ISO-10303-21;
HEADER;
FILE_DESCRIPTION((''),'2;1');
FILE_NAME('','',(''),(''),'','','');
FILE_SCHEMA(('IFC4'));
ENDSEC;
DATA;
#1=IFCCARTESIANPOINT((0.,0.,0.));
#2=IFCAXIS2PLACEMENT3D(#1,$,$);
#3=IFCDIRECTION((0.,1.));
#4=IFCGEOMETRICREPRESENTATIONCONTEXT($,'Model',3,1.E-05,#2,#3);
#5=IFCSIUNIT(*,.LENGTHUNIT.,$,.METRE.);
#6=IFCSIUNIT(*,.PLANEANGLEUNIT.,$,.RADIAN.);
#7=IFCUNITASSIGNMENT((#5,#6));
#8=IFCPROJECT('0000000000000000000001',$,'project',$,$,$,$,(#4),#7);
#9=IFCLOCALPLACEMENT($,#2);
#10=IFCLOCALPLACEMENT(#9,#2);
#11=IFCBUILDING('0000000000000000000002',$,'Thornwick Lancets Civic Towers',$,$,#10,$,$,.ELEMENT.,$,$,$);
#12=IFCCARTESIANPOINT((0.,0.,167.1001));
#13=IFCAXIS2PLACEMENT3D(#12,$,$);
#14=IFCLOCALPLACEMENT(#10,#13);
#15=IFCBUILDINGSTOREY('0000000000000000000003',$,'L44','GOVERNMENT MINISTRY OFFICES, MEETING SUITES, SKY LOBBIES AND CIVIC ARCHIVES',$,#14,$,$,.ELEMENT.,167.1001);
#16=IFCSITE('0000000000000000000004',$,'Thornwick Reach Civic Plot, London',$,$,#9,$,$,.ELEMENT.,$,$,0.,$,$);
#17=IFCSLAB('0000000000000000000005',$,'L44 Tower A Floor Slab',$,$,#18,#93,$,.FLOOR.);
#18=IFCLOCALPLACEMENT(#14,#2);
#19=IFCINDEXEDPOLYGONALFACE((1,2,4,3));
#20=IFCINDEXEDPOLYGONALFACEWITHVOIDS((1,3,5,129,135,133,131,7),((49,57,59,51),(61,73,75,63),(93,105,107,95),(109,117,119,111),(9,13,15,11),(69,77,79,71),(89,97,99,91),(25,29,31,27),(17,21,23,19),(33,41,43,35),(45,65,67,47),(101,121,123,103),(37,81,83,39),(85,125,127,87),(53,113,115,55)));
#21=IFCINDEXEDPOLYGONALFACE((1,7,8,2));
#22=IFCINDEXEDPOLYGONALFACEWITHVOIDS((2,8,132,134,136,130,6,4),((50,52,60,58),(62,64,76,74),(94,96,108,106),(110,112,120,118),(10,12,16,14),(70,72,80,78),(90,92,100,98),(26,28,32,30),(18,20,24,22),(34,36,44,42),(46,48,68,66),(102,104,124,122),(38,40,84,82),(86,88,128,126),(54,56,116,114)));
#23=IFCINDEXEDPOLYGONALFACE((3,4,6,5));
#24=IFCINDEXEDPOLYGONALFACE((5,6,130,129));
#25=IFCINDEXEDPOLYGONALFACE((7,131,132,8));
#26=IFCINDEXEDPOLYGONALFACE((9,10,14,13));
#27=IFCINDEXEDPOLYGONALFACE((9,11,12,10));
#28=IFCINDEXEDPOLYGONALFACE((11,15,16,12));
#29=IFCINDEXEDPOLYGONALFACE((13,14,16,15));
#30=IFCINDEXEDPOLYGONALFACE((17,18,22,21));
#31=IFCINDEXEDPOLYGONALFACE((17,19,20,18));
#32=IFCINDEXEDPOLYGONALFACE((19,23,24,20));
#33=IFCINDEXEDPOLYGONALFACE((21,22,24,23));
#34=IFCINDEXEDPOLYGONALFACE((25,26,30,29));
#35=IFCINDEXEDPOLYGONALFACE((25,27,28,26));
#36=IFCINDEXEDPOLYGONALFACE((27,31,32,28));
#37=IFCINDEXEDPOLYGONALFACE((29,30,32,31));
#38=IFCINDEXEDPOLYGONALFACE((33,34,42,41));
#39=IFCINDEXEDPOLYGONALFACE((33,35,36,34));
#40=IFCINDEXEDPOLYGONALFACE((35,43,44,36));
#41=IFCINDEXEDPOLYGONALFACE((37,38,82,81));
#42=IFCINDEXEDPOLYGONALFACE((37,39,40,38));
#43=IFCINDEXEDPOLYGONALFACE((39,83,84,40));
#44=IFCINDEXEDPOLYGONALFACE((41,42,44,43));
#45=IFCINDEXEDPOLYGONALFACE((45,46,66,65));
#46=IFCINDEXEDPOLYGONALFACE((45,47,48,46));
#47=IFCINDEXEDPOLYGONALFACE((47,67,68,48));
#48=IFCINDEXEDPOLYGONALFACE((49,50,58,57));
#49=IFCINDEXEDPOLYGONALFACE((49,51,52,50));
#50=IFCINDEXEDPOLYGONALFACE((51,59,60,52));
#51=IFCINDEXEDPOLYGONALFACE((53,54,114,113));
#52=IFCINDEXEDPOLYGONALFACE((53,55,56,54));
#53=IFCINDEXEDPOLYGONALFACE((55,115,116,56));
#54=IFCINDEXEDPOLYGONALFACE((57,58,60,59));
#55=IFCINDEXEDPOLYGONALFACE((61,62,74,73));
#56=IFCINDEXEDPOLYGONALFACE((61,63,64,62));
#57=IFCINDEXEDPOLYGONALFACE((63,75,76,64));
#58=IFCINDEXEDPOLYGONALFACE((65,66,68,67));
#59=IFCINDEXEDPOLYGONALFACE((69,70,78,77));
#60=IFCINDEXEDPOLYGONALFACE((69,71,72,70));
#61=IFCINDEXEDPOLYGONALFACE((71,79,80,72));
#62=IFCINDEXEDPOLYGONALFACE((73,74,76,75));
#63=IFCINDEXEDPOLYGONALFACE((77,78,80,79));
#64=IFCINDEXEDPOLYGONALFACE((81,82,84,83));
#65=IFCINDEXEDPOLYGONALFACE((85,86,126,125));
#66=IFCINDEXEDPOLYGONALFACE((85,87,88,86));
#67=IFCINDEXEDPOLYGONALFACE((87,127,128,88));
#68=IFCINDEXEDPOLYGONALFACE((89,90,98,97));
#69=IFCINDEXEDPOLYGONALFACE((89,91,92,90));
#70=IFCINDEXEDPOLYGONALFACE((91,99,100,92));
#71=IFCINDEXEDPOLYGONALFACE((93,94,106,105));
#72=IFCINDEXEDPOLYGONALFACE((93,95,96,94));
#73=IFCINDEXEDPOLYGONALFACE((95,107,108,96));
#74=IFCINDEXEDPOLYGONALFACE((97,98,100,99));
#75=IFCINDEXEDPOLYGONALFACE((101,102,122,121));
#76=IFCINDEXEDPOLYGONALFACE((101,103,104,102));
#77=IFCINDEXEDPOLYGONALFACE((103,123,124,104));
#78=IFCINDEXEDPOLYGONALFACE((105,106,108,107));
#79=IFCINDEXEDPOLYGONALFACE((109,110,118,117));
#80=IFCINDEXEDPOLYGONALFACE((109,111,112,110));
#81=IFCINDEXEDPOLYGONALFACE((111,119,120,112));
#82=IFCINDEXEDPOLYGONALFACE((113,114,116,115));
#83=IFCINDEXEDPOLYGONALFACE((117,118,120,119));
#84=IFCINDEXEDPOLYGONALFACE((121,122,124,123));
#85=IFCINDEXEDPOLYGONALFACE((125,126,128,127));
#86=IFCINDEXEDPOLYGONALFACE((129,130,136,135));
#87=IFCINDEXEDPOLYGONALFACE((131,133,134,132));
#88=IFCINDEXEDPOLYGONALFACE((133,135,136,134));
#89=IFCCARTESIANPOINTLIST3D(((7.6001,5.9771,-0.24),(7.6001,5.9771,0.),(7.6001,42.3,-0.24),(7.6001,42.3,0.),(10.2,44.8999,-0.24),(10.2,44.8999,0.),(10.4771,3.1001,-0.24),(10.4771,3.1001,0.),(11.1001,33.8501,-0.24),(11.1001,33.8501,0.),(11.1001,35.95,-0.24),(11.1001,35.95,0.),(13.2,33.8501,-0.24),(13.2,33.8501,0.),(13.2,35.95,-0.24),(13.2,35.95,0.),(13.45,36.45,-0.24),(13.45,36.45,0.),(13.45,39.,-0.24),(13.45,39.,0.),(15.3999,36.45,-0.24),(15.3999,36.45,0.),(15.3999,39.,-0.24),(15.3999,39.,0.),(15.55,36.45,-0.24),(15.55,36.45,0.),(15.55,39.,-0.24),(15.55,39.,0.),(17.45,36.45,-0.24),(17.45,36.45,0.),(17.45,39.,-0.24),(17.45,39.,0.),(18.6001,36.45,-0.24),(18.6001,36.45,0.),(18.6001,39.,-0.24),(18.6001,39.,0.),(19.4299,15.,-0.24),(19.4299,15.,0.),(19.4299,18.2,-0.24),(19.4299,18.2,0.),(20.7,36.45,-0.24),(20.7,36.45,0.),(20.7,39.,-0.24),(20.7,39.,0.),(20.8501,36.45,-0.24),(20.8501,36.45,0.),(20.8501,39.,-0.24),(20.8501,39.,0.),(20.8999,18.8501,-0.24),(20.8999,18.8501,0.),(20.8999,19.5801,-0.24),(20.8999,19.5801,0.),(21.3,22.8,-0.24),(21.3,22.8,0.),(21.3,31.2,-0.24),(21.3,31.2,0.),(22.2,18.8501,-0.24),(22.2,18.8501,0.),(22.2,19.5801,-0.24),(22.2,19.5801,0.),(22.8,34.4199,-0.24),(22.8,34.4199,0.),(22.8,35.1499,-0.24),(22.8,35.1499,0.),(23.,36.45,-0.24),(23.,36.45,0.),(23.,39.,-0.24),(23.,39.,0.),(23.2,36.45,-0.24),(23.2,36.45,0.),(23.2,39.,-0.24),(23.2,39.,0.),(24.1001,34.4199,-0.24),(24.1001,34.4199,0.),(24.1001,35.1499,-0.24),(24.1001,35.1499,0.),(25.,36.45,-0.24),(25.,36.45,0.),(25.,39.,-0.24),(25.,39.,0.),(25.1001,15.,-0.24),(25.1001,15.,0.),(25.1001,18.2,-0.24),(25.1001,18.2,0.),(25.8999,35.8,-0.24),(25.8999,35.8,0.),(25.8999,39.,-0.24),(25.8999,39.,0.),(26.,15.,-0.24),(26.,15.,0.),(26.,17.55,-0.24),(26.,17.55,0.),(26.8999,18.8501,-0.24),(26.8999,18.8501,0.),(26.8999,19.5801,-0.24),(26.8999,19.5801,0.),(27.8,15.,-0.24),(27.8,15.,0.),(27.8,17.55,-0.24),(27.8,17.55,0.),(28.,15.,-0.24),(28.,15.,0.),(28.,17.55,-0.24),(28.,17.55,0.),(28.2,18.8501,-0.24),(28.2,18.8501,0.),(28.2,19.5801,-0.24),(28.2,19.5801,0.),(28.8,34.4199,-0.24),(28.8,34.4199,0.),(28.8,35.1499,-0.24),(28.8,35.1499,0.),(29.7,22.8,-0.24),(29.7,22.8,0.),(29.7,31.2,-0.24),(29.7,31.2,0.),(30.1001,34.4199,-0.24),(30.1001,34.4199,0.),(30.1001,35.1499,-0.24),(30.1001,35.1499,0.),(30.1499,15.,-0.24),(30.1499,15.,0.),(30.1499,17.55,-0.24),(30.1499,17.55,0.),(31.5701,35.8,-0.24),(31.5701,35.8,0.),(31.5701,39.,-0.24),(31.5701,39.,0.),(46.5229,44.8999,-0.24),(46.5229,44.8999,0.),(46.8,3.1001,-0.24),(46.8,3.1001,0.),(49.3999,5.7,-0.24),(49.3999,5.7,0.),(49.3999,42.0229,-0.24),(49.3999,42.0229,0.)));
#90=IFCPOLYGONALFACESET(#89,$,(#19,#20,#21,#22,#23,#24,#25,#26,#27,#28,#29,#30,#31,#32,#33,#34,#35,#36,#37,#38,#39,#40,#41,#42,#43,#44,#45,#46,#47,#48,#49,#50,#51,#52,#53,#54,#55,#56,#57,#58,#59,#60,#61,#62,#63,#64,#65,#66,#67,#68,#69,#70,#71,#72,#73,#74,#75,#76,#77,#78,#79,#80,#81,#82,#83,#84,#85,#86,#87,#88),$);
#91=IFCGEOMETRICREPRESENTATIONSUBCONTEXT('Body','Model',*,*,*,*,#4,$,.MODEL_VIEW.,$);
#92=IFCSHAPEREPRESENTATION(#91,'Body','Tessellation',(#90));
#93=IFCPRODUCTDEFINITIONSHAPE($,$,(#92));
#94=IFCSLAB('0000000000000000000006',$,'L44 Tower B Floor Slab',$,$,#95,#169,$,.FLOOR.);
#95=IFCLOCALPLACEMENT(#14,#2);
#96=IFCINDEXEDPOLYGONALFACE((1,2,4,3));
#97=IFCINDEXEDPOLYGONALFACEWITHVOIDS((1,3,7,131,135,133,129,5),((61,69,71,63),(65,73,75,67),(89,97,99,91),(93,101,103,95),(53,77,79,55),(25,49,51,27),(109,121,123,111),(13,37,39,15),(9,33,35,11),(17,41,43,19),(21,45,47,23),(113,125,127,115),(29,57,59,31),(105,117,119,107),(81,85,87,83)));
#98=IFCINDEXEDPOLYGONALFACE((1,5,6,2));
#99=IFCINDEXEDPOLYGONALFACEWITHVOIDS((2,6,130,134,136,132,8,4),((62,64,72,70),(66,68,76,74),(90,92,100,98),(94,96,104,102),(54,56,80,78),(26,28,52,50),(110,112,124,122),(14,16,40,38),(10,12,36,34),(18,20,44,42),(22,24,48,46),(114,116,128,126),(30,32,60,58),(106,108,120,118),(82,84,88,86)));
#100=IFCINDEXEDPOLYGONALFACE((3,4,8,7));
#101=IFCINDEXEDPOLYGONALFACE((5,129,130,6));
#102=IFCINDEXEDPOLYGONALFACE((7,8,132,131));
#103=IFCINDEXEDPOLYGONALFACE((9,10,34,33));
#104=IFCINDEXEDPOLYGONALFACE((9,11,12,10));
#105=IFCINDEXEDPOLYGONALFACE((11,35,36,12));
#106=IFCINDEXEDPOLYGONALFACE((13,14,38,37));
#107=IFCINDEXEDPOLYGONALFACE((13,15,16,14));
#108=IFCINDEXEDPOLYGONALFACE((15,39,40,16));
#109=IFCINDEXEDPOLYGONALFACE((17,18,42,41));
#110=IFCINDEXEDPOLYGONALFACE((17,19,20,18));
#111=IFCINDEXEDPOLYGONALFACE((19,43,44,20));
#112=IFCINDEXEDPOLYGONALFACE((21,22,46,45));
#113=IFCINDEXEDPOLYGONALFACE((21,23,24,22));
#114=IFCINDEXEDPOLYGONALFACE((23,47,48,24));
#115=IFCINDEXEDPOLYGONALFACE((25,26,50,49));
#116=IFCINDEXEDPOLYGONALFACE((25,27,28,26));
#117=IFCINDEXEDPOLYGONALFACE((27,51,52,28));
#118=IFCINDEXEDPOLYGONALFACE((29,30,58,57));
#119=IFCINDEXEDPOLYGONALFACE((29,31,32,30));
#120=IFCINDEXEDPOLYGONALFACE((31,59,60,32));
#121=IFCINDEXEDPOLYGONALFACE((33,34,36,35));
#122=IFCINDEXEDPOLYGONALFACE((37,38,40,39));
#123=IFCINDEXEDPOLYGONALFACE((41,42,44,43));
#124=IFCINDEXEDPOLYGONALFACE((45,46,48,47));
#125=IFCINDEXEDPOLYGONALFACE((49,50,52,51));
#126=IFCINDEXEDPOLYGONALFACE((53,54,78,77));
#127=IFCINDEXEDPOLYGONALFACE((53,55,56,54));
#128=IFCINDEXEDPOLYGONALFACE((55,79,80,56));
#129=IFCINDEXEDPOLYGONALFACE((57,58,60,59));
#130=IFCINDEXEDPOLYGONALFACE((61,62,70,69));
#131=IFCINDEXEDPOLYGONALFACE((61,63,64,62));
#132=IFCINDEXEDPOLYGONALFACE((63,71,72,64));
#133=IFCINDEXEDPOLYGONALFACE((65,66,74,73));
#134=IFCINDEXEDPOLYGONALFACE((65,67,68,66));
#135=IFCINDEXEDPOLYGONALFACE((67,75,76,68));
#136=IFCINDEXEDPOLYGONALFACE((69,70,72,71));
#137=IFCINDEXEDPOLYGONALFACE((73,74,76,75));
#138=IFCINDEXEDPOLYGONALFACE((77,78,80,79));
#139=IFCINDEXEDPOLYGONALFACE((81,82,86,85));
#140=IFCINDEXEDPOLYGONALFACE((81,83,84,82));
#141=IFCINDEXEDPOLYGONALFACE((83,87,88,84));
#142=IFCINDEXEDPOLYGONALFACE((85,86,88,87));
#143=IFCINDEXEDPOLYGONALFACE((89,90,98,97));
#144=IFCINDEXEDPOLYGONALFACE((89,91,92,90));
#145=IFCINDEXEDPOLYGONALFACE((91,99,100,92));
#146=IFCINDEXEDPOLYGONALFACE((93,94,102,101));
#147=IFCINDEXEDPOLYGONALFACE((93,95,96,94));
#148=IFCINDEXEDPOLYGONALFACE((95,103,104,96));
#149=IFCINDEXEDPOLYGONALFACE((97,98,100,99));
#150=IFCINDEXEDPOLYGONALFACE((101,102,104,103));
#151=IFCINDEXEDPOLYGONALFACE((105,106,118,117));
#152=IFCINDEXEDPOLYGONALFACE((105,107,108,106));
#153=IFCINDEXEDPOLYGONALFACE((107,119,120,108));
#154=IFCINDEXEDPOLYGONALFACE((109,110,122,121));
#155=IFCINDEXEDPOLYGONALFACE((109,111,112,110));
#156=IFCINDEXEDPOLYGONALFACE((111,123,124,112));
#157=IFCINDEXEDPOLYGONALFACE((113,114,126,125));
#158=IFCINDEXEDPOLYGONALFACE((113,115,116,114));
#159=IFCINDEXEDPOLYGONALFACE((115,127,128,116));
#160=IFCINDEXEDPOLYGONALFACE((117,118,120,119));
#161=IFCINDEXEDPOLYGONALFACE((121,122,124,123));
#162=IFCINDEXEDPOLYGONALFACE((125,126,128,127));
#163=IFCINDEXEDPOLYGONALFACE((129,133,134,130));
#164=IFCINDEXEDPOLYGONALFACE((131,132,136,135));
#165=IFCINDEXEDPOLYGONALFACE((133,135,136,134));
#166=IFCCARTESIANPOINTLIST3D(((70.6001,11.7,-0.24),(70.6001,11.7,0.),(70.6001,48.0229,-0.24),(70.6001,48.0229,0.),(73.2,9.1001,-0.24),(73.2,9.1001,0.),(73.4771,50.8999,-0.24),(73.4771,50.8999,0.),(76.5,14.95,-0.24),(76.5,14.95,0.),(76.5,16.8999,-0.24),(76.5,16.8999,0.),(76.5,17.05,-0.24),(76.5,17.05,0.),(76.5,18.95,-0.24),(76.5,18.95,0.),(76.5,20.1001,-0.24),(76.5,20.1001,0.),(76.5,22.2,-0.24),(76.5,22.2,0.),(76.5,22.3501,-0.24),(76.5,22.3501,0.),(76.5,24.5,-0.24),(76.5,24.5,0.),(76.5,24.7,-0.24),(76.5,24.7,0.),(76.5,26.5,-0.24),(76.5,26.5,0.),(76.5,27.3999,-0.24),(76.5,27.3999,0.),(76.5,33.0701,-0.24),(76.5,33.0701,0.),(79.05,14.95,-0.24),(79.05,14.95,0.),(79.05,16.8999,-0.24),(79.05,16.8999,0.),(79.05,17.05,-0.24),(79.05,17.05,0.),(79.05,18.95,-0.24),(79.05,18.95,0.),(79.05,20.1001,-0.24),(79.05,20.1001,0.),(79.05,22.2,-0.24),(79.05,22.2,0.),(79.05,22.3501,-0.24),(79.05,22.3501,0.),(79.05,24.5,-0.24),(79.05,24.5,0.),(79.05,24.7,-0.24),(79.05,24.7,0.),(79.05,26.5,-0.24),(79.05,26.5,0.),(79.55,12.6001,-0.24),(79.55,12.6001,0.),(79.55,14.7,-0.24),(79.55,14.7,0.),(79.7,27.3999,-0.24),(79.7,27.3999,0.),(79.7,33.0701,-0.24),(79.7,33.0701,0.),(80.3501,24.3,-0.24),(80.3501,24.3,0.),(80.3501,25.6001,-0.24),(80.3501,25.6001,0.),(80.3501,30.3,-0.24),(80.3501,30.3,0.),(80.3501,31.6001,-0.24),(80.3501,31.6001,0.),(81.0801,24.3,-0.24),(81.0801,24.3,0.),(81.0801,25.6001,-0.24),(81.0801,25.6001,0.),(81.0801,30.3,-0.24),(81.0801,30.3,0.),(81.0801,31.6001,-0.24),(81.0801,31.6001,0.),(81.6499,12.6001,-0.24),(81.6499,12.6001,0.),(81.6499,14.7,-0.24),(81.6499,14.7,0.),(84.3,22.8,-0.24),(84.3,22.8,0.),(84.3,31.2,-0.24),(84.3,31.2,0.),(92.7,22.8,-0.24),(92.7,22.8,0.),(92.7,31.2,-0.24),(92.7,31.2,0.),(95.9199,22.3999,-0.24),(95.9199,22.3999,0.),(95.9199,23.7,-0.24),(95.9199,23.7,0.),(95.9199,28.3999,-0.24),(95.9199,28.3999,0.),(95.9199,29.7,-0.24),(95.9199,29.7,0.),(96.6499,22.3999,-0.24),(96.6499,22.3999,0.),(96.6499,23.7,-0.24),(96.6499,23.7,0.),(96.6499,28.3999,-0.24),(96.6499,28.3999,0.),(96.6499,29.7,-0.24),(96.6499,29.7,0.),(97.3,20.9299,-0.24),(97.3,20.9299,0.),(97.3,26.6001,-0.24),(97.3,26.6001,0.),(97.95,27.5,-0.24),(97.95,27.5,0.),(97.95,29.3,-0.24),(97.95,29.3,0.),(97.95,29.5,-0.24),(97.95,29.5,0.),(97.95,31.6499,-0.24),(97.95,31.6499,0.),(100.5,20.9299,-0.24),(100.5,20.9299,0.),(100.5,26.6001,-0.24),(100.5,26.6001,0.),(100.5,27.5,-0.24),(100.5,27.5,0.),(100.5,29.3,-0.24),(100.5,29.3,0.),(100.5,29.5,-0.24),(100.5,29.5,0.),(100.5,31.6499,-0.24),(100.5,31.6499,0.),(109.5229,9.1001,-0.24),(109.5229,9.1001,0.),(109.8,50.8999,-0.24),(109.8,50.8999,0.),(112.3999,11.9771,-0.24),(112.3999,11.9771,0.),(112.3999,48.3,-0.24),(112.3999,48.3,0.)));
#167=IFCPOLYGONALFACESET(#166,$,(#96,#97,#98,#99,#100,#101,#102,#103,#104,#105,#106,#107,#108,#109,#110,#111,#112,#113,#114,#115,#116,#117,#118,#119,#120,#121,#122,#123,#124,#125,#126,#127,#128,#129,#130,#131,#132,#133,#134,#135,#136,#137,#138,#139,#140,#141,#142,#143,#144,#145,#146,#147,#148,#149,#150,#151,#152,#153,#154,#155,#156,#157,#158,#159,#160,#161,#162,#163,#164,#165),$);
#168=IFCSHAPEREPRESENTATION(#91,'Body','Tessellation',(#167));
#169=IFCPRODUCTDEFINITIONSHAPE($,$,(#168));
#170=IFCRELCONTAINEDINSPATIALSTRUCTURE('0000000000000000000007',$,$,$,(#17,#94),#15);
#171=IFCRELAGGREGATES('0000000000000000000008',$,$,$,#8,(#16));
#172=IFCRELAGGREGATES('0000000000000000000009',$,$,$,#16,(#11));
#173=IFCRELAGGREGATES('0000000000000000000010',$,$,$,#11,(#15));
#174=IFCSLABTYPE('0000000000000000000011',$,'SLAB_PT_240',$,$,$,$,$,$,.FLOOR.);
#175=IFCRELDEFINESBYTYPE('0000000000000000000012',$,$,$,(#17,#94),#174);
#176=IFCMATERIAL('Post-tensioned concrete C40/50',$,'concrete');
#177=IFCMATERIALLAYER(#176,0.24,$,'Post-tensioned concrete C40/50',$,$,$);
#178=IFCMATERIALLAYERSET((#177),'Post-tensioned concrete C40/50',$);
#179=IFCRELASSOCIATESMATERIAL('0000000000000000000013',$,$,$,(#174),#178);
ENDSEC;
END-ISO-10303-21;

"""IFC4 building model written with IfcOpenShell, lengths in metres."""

from ifc_helpers import new_model, si_unit, direction, frame, origin, place, context, subcontext, project, spatial, polyline, outline, extrude, material, layer, layer_set, type_object, element, save


model = new_model("IFC4")

# Units and contexts
model_context = context("Model", 3, precision=1e-05, world=origin(), true_north=direction((0.0, 1.0)))
body_context = subcontext(model_context, "Body", "Model", "MODEL_VIEW")
ifc_project = project(units=[si_unit("LENGTHUNIT", "METRE"), si_unit("PLANEANGLEUNIT", "RADIAN")], contexts=[model_context])

# Site, building, storey
site_placement = place(None, origin())
site = spatial("IfcSite", under=ifc_project, at=site_placement, Name="Thornwick Reach Civic Plot, London", CompositionType="ELEMENT", RefElevation=0.0)
building_placement = place(site_placement, origin())
building = spatial("IfcBuilding", under=site, at=building_placement, Name="Thornwick Lancets Civic Towers", CompositionType="ELEMENT")
storey_placement = place(building_placement, frame((0.0, 0.0, 167.1001)))
storey = spatial("IfcBuildingStorey", under=building, at=storey_placement, Name="L44", Description="GOVERNMENT MINISTRY OFFICES, MEETING SUITES, SKY LOBBIES AND CIVIC ARCHIVES", CompositionType="ELEMENT", Elevation=167.1001)

# Shared definitions
ifc_material_1 = material(Name="Post-tensioned concrete C40/50", Category="concrete")

# Slabs
ifc_layer_1 = layer(ifc_material_1, 0.24, Name="Post-tensioned concrete C40/50")
ifc_layer_set_1 = layer_set([ifc_layer_1], Name="Post-tensioned concrete C40/50")
slab_type_1 = type_object("IfcSlabType", Name="SLAB_PT_240", PredefinedType="FLOOR", material=ifc_layer_set_1)
slab_1_placement = place(storey_placement, frame((0.0, 0.0, -0.24)))
element("IfcSlab", 1, at=slab_1_placement, inside=storey, type_object=slab_type_1, Name="L44 Tower A Floor Slab", PredefinedType="FLOOR", context=body_context, shape_type="SweptSolid", body=[
    extrude(outline(polyline([(10.4771, 3.1001), (46.8, 3.1001), (49.3999, 5.7), (49.3999, 42.0229), (46.5229, 44.8999), (10.2, 44.8999), (7.6001, 42.3), (7.6001, 5.9771), (10.4771, 3.1001)]), holes=[polyline([(21.3, 22.8), (29.7, 22.8), (29.7, 31.2), (21.3, 31.2), (21.3, 22.8)]), polyline([(19.4299, 15.0), (25.1001, 15.0), (25.1001, 18.2), (19.4299, 18.2), (19.4299, 15.0)]), polyline([(31.5701, 39.0), (25.8999, 39.0), (25.8999, 35.8), (31.5701, 35.8), (31.5701, 39.0)]), polyline([(26.0, 15.0), (27.8, 15.0), (27.8, 17.55), (26.0, 17.55), (26.0, 15.0)]), polyline([(28.0, 15.0), (30.1499, 15.0), (30.1499, 17.55), (28.0, 17.55), (28.0, 15.0)]), polyline([(23.2, 36.45), (25.0, 36.45), (25.0, 39.0), (23.2, 39.0), (23.2, 36.45)]), polyline([(20.8501, 36.45), (23.0, 36.45), (23.0, 39.0), (20.8501, 39.0), (20.8501, 36.45)]), polyline([(18.6001, 36.45), (20.7, 36.45), (20.7, 39.0), (18.6001, 39.0), (18.6001, 36.45)]), polyline([(15.55, 36.45), (17.45, 36.45), (17.45, 39.0), (15.55, 39.0), (15.55, 36.45)]), polyline([(13.45, 36.45), (15.3999, 36.45), (15.3999, 39.0), (13.45, 39.0), (13.45, 36.45)]), polyline([(11.1001, 33.8501), (13.2, 33.8501), (13.2, 35.95), (11.1001, 35.95), (11.1001, 33.8501)]), polyline([(26.8999, 18.8501), (28.2, 18.8501), (28.2, 19.5801), (26.8999, 19.5801), (26.8999, 18.8501)]), polyline([(20.8999, 18.8501), (22.2, 18.8501), (22.2, 19.5801), (20.8999, 19.5801), (20.8999, 18.8501)]), polyline([(22.8, 34.4199), (24.1001, 34.4199), (24.1001, 35.1499), (22.8, 35.1499), (22.8, 34.4199)]), polyline([(28.8, 34.4199), (30.1001, 34.4199), (30.1001, 35.1499), (28.8, 35.1499), (28.8, 34.4199)])]), origin(), (0.0, 0.0, 1.0), 0.24),
])
slab_2_placement = place(storey_placement, frame((0.0, 0.0, -0.24)))
element("IfcSlab", 2, at=slab_2_placement, inside=storey, type_object=slab_type_1, Name="L44 Tower B Floor Slab", PredefinedType="FLOOR", context=body_context, shape_type="SweptSolid", body=[
    extrude(outline(polyline([(73.2, 9.1001), (109.5229, 9.1001), (112.3999, 11.9771), (112.3999, 48.3), (109.8, 50.8999), (73.4771, 50.8999), (70.6001, 48.0229), (70.6001, 11.7), (73.2, 9.1001)]), holes=[polyline([(84.3, 22.8), (92.7, 22.8), (92.7, 31.2), (84.3, 31.2), (84.3, 22.8)]), polyline([(100.5, 20.9299), (100.5, 26.6001), (97.3, 26.6001), (97.3, 20.9299), (100.5, 20.9299)]), polyline([(76.5, 33.0701), (76.5, 27.3999), (79.7, 27.3999), (79.7, 33.0701), (76.5, 33.0701)]), polyline([(97.95, 27.5), (100.5, 27.5), (100.5, 29.3), (97.95, 29.3), (97.95, 27.5)]), polyline([(97.95, 29.5), (100.5, 29.5), (100.5, 31.6499), (97.95, 31.6499), (97.95, 29.5)]), polyline([(76.5, 24.7), (79.05, 24.7), (79.05, 26.5), (76.5, 26.5), (76.5, 24.7)]), polyline([(76.5, 22.3501), (79.05, 22.3501), (79.05, 24.5), (76.5, 24.5), (76.5, 22.3501)]), polyline([(76.5, 20.1001), (79.05, 20.1001), (79.05, 22.2), (76.5, 22.2), (76.5, 20.1001)]), polyline([(76.5, 17.05), (79.05, 17.05), (79.05, 18.95), (76.5, 18.95), (76.5, 17.05)]), polyline([(76.5, 14.95), (79.05, 14.95), (79.05, 16.8999), (76.5, 16.8999), (76.5, 14.95)]), polyline([(79.55, 12.6001), (81.6499, 12.6001), (81.6499, 14.7), (79.55, 14.7), (79.55, 12.6001)]), polyline([(95.9199, 28.3999), (96.6499, 28.3999), (96.6499, 29.7), (95.9199, 29.7), (95.9199, 28.3999)]), polyline([(95.9199, 22.3999), (96.6499, 22.3999), (96.6499, 23.7), (95.9199, 23.7), (95.9199, 22.3999)]), polyline([(80.3501, 24.3), (81.0801, 24.3), (81.0801, 25.6001), (80.3501, 25.6001), (80.3501, 24.3)]), polyline([(80.3501, 30.3), (81.0801, 30.3), (81.0801, 31.6001), (80.3501, 31.6001), (80.3501, 30.3)])]), origin(), (0.0, 0.0, 1.0), 0.24),
])

save(model, "model.ifc")
